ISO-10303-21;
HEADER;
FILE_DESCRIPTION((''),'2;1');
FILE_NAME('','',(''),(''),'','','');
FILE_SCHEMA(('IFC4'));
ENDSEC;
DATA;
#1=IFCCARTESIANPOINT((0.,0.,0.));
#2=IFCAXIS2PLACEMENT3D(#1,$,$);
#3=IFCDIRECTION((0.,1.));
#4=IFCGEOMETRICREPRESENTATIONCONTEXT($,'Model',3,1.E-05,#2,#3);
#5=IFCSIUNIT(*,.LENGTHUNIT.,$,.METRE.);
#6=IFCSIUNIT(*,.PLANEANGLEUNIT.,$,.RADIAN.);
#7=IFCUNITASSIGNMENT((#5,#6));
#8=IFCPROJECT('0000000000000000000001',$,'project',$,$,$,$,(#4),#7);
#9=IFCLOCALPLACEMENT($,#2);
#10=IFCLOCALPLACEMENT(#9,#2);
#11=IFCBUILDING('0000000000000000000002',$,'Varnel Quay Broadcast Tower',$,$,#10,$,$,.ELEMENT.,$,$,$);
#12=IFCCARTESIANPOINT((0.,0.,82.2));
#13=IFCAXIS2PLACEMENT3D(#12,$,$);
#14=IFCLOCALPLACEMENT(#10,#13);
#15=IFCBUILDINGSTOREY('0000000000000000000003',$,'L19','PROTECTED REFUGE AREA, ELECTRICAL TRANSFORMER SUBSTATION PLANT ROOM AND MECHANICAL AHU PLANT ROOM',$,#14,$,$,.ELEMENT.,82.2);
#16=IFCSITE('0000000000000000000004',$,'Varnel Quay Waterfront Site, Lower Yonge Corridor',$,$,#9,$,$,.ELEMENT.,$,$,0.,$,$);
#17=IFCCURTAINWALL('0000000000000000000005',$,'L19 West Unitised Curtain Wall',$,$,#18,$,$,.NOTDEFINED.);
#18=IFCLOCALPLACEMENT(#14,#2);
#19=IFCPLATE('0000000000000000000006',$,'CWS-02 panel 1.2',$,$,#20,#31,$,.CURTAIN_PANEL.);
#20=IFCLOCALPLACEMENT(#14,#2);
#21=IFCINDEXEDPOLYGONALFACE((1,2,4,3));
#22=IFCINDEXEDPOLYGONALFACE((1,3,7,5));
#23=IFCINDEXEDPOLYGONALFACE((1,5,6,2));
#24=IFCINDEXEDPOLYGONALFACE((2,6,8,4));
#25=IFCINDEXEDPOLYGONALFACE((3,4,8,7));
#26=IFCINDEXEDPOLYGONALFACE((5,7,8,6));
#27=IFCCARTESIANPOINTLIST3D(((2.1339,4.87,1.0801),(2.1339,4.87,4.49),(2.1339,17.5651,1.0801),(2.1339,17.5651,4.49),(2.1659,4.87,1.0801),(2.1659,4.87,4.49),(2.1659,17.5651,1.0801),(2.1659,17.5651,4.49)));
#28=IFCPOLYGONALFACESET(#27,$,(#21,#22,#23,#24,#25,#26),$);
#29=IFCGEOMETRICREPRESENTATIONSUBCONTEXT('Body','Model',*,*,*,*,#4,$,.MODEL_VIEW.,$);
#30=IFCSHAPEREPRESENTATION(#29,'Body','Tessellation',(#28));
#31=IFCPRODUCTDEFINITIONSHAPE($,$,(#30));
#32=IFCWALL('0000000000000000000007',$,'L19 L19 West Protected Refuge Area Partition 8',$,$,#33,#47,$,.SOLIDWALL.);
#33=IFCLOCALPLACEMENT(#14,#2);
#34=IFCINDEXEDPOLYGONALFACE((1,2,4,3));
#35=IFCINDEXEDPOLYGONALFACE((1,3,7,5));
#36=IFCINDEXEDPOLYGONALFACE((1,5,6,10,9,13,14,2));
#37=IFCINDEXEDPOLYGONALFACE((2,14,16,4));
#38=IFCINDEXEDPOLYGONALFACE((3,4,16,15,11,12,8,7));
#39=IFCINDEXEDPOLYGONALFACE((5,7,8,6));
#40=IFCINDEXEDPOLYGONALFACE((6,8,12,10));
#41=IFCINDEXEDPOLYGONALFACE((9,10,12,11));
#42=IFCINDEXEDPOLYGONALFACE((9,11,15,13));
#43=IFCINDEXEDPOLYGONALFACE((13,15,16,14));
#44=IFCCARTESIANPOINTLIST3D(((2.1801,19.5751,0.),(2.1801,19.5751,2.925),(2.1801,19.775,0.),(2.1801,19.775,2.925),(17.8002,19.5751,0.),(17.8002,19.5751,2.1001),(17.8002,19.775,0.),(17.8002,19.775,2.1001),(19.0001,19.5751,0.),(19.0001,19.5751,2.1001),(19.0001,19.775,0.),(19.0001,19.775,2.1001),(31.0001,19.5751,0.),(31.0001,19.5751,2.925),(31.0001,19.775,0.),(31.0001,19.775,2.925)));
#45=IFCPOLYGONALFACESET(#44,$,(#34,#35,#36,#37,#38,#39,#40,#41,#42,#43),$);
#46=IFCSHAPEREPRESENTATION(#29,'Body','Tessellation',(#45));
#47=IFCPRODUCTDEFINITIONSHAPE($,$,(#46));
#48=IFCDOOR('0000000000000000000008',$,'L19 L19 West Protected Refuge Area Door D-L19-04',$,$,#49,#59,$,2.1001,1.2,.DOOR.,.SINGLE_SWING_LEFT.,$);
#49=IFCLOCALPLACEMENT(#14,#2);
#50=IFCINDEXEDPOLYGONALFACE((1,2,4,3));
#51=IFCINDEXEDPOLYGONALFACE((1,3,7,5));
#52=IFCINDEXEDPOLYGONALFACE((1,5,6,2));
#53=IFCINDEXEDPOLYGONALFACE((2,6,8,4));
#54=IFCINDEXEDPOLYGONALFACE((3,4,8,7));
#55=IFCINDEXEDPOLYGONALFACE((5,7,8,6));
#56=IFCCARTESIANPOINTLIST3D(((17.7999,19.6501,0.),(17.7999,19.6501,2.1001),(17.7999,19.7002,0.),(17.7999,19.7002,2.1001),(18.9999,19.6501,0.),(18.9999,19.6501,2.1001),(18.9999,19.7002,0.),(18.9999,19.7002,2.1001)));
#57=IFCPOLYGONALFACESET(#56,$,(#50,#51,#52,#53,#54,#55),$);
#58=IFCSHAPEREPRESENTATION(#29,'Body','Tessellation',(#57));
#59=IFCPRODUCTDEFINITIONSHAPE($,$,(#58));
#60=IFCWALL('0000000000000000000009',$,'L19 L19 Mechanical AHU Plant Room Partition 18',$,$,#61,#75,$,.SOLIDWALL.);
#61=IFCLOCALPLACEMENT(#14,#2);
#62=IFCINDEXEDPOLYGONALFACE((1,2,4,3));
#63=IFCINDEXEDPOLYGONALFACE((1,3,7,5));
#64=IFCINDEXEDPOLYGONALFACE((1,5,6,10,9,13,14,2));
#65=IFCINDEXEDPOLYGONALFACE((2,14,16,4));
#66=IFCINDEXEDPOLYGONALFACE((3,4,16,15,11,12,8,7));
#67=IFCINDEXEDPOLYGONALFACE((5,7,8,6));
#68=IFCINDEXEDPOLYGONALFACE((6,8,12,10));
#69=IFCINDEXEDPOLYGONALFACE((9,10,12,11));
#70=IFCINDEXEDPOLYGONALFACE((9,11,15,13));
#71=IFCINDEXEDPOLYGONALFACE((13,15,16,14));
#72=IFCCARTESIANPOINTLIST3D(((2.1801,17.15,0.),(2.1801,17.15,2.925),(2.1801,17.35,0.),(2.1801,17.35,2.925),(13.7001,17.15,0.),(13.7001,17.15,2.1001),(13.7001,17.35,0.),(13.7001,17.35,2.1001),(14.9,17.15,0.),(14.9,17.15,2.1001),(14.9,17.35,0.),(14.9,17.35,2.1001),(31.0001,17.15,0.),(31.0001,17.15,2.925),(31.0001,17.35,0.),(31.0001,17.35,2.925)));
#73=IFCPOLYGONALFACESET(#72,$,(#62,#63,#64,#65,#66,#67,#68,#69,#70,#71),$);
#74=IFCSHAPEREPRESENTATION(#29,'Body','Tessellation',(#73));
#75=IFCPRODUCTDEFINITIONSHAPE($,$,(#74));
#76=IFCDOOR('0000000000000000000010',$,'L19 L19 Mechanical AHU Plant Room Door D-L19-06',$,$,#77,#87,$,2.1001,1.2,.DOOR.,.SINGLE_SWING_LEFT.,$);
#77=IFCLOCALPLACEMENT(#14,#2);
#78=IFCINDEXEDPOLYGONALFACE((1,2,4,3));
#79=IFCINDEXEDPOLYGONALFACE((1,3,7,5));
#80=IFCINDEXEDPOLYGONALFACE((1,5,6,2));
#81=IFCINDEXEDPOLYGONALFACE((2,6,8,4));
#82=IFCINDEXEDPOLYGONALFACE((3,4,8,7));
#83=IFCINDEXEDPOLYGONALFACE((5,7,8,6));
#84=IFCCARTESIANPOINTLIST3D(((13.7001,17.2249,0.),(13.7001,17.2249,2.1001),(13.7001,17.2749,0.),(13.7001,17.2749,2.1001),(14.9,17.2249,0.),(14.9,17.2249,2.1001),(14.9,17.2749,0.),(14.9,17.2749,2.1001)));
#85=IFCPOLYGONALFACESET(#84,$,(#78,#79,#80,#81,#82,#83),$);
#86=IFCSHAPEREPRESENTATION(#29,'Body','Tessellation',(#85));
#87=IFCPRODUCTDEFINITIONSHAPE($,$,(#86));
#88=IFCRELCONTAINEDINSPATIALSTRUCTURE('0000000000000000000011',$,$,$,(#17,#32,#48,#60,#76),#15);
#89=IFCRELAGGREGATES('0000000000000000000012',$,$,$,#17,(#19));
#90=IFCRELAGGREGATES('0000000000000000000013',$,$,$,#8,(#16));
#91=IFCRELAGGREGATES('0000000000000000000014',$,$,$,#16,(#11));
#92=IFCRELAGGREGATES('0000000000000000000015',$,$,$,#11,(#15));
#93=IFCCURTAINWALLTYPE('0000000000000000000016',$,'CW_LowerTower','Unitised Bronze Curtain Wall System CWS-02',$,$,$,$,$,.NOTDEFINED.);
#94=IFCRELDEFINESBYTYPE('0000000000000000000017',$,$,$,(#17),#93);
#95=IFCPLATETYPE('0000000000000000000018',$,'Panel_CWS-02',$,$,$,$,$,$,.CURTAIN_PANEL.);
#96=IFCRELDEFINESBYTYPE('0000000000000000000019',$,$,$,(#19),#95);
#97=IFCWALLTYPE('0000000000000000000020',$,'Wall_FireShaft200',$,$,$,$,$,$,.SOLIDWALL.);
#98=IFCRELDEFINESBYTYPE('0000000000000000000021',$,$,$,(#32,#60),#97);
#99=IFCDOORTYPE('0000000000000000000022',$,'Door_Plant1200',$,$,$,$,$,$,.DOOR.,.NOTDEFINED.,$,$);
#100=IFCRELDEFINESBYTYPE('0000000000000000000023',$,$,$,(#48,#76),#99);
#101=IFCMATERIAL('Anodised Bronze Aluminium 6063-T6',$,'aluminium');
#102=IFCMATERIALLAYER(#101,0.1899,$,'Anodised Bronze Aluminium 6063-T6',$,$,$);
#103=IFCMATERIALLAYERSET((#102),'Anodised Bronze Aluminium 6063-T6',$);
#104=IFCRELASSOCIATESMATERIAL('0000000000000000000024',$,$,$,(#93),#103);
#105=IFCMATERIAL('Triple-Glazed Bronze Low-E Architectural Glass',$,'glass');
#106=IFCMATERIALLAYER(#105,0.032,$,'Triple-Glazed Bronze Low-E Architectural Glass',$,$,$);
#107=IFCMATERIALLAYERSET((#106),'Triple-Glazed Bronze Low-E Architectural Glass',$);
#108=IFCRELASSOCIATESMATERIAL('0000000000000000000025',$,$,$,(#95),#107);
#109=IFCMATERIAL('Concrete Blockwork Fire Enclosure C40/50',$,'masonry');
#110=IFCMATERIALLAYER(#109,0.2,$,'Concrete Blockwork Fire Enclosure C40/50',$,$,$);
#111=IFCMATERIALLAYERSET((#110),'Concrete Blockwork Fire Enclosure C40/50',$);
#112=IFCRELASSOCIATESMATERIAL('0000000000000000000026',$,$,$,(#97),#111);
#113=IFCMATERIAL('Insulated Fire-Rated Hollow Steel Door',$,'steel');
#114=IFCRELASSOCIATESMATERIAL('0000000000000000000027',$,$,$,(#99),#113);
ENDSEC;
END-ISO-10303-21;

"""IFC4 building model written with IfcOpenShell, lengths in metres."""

from ifc_helpers import new_model, si_unit, direction, frame, frame_2d, origin, origin_2d, place, context, subcontext, project, spatial, rectangle, extrude, source, transform, mapped, material, layer, layer_set, type_object, type_shapes, element, fill, aggregate, save


model = new_model("IFC4")

# Units and contexts
model_context = context("Model", 3, precision=1e-05, world=origin(), true_north=direction((0.0, 1.0)))
body_context = subcontext(model_context, "Body", "Model", "MODEL_VIEW")
ifc_project = project(units=[si_unit("LENGTHUNIT", "METRE"), si_unit("PLANEANGLEUNIT", "RADIAN")], contexts=[model_context])

# Site, building, storey
site_placement = place(None, origin())
site = spatial("IfcSite", under=ifc_project, at=site_placement, Name="Varnel Quay Waterfront Site, Lower Yonge Corridor", CompositionType="ELEMENT", RefElevation=0.0)
building_placement = place(site_placement, origin())
building = spatial("IfcBuilding", under=site, at=building_placement, Name="Varnel Quay Broadcast Tower", CompositionType="ELEMENT")
storey_placement = place(building_placement, frame((0.0, 0.0, 82.2)))
storey = spatial("IfcBuildingStorey", under=building, at=storey_placement, Name="L19", Description="PROTECTED REFUGE AREA, ELECTRICAL TRANSFORMER SUBSTATION PLANT ROOM AND MECHANICAL AHU PLANT ROOM", CompositionType="ELEMENT", Elevation=82.2)

# Curtain wall, plate
ifc_material_1 = material(Name="Anodised Bronze Aluminium 6063-T6", Category="aluminium")
ifc_layer_1 = layer(ifc_material_1, 0.1899, Name="Anodised Bronze Aluminium 6063-T6")
ifc_layer_set_1 = layer_set([ifc_layer_1], Name="Anodised Bronze Aluminium 6063-T6")
curtain_wall_type = type_object("IfcCurtainWallType", Name="CW_LowerTower", Description="Unitised Bronze Curtain Wall System CWS-02", PredefinedType="NOTDEFINED", material=ifc_layer_set_1)
curtain_wall_placement = place(storey_placement, origin())
curtain_wall = element("IfcCurtainWall", 1, at=curtain_wall_placement, inside=storey, type_object=curtain_wall_type, Name="L19 West Unitised Curtain Wall", PredefinedType="NOTDEFINED")
ifc_material_2 = material(Name="Triple-Glazed Bronze Low-E Architectural Glass", Category="glass")
ifc_layer_2 = layer(ifc_material_2, 0.032, Name="Triple-Glazed Bronze Low-E Architectural Glass")
ifc_layer_set_2 = layer_set([ifc_layer_2], Name="Triple-Glazed Bronze Low-E Architectural Glass")
plate_type = type_object("IfcPlateType", Name="Panel_CWS-02", PredefinedType="CURTAIN_PANEL", material=ifc_layer_set_2)
shared_shape_1 = source(origin(), body_context, "Body", "SweptSolid", [
    extrude(rectangle(XDim=12.6951, YDim=0.032, at=origin_2d()), origin(), (0.0, 0.0, 1.0), 3.4099),
])
plate_1_placement = place(storey_placement, frame((2.1499, 11.2175, 1.0801), z_axis=(0.0, 0.0, 1.0), x_axis=(0.0, 1.0, 0.0)))
plate_1 = element("IfcPlate", 2, at=plate_1_placement, type_object=plate_type, Name="CWS-02 panel 1.2", PredefinedType="CURTAIN_PANEL", context=body_context, shape_type="MappedRepresentation", body=[
    mapped(shared_shape_1, transform((0.0, 0.0, 0.0), x_axis=(1.0, 0.0, 0.0), y_axis=(0.0, 1.0, 0.0), z_axis=(0.0, 0.0, 1.0), scale=1.0)),
])
aggregate(curtain_wall, [plate_1])

# Walls, openings, doors
ifc_material_3 = material(Name="Concrete Blockwork Fire Enclosure C40/50", Category="masonry")
ifc_layer_3 = layer(ifc_material_3, 0.2, Name="Concrete Blockwork Fire Enclosure C40/50")
ifc_layer_set_3 = layer_set([ifc_layer_3], Name="Concrete Blockwork Fire Enclosure C40/50")
wall_type = type_object("IfcWallType", Name="Wall_FireShaft200", PredefinedType="SOLIDWALL", material=ifc_layer_set_3)
wall_1_placement = place(storey_placement, frame((2.1799, 19.675, 0.0), z_axis=(0.0, 0.0, 1.0), x_axis=(1.0, 0.0, 0.0)))
wall_1 = element("IfcWall", 3, at=wall_1_placement, inside=storey, type_object=wall_type, Name="L19 L19 West Protected Refuge Area Partition 8", PredefinedType="SOLIDWALL", context=body_context, shape_type="SweptSolid", body=[
    extrude(rectangle(XDim=28.8201, YDim=0.2, at=frame_2d((14.4102, 0.0))), origin(), (0.0, 0.0, 1.0), 2.925),
])
opening_1_placement = place(wall_1_placement, frame((15.6201, 0.0, 0.0)))
opening_1 = element("IfcOpeningElement", 4, at=opening_1_placement, cuts=wall_1, PredefinedType="OPENING", context=body_context, shape_type="SweptSolid", body=[
    extrude(rectangle(XDim=1.2, YDim=2.1001, at=frame_2d((0.6001, 1.05))), frame((0.0, 0.1099, 0.0), z_axis=(0.0, -1.0, 0.0), x_axis=(1.0, 0.0, 0.0)), (0.0, 0.0, 1.0), 0.22),
])
ifc_material_4 = material(Name="Insulated Fire-Rated Hollow Steel Door", Category="steel")
door_type = type_object("IfcDoorType", Name="Door_Plant1200", OperationType="NOTDEFINED", PredefinedType="DOOR", material=ifc_material_4)
shared_shape_2 = source(origin(), body_context, "Body", "SweptSolid", [
    extrude(rectangle(XDim=1.2, YDim=2.1001, at=frame_2d((0.6001, 1.05))), frame((0.0, 0.0249, 0.0), z_axis=(0.0, -1.0, 0.0), x_axis=(1.0, 0.0, 0.0)), (0.0, 0.0, 1.0), 0.05),
])
type_shapes(door_type, [shared_shape_2])
door_1_placement = place(opening_1_placement, frame((1.2, 0.0, 0.0), z_axis=(0.0, 0.0, 1.0), x_axis=(-1.0, 0.0, 0.0)))
door_1 = element("IfcDoor", 5, at=door_1_placement, inside=storey, type_object=door_type, Name="L19 L19 West Protected Refuge Area Door D-L19-04", OperationType="SINGLE_SWING_LEFT", OverallHeight=2.1001, OverallWidth=1.2, PredefinedType="DOOR", context=body_context, shape_type="MappedRepresentation", body=[
    mapped(shared_shape_2, transform((0.0, 0.0, 0.0), x_axis=(1.0, 0.0, 0.0), y_axis=(0.0, 1.0, 0.0), z_axis=(0.0, 0.0, 1.0), scale=1.0)),
])
fill(opening_1, door_1)
wall_2_placement = place(storey_placement, frame((2.1799, 17.25, 0.0), z_axis=(0.0, 0.0, 1.0), x_axis=(1.0, 0.0, 0.0)))
wall_2 = element("IfcWall", 6, at=wall_2_placement, inside=storey, type_object=wall_type, Name="L19 L19 Mechanical AHU Plant Room Partition 18", PredefinedType="SOLIDWALL", context=body_context, shape_type="SweptSolid", body=[
    extrude(rectangle(XDim=28.8201, YDim=0.2, at=frame_2d((14.4102, 0.0))), origin(), (0.0, 0.0, 1.0), 2.925),
])
opening_2_placement = place(wall_2_placement, frame((11.52, 0.0, 0.0)))
opening_2 = element("IfcOpeningElement", 7, at=opening_2_placement, cuts=wall_2, PredefinedType="OPENING", context=body_context, shape_type="SweptSolid", body=[
    extrude(rectangle(XDim=1.2, YDim=2.1001, at=frame_2d((0.6001, 1.05))), frame((0.0, 0.1099, 0.0), z_axis=(0.0, -1.0, 0.0), x_axis=(1.0, 0.0, 0.0)), (0.0, 0.0, 1.0), 0.22),
])
door_2_placement = place(opening_2_placement, origin())
door_2 = element("IfcDoor", 8, at=door_2_placement, inside=storey, type_object=door_type, Name="L19 L19 Mechanical AHU Plant Room Door D-L19-06", OperationType="SINGLE_SWING_LEFT", OverallHeight=2.1001, OverallWidth=1.2, PredefinedType="DOOR", context=body_context, shape_type="MappedRepresentation", body=[
    mapped(shared_shape_2, transform((0.0, 0.0, 0.0), x_axis=(1.0, 0.0, 0.0), y_axis=(0.0, 1.0, 0.0), z_axis=(0.0, 0.0, 1.0), scale=1.0)),
])
fill(opening_2, door_2)

save(model, "model.ifc")
